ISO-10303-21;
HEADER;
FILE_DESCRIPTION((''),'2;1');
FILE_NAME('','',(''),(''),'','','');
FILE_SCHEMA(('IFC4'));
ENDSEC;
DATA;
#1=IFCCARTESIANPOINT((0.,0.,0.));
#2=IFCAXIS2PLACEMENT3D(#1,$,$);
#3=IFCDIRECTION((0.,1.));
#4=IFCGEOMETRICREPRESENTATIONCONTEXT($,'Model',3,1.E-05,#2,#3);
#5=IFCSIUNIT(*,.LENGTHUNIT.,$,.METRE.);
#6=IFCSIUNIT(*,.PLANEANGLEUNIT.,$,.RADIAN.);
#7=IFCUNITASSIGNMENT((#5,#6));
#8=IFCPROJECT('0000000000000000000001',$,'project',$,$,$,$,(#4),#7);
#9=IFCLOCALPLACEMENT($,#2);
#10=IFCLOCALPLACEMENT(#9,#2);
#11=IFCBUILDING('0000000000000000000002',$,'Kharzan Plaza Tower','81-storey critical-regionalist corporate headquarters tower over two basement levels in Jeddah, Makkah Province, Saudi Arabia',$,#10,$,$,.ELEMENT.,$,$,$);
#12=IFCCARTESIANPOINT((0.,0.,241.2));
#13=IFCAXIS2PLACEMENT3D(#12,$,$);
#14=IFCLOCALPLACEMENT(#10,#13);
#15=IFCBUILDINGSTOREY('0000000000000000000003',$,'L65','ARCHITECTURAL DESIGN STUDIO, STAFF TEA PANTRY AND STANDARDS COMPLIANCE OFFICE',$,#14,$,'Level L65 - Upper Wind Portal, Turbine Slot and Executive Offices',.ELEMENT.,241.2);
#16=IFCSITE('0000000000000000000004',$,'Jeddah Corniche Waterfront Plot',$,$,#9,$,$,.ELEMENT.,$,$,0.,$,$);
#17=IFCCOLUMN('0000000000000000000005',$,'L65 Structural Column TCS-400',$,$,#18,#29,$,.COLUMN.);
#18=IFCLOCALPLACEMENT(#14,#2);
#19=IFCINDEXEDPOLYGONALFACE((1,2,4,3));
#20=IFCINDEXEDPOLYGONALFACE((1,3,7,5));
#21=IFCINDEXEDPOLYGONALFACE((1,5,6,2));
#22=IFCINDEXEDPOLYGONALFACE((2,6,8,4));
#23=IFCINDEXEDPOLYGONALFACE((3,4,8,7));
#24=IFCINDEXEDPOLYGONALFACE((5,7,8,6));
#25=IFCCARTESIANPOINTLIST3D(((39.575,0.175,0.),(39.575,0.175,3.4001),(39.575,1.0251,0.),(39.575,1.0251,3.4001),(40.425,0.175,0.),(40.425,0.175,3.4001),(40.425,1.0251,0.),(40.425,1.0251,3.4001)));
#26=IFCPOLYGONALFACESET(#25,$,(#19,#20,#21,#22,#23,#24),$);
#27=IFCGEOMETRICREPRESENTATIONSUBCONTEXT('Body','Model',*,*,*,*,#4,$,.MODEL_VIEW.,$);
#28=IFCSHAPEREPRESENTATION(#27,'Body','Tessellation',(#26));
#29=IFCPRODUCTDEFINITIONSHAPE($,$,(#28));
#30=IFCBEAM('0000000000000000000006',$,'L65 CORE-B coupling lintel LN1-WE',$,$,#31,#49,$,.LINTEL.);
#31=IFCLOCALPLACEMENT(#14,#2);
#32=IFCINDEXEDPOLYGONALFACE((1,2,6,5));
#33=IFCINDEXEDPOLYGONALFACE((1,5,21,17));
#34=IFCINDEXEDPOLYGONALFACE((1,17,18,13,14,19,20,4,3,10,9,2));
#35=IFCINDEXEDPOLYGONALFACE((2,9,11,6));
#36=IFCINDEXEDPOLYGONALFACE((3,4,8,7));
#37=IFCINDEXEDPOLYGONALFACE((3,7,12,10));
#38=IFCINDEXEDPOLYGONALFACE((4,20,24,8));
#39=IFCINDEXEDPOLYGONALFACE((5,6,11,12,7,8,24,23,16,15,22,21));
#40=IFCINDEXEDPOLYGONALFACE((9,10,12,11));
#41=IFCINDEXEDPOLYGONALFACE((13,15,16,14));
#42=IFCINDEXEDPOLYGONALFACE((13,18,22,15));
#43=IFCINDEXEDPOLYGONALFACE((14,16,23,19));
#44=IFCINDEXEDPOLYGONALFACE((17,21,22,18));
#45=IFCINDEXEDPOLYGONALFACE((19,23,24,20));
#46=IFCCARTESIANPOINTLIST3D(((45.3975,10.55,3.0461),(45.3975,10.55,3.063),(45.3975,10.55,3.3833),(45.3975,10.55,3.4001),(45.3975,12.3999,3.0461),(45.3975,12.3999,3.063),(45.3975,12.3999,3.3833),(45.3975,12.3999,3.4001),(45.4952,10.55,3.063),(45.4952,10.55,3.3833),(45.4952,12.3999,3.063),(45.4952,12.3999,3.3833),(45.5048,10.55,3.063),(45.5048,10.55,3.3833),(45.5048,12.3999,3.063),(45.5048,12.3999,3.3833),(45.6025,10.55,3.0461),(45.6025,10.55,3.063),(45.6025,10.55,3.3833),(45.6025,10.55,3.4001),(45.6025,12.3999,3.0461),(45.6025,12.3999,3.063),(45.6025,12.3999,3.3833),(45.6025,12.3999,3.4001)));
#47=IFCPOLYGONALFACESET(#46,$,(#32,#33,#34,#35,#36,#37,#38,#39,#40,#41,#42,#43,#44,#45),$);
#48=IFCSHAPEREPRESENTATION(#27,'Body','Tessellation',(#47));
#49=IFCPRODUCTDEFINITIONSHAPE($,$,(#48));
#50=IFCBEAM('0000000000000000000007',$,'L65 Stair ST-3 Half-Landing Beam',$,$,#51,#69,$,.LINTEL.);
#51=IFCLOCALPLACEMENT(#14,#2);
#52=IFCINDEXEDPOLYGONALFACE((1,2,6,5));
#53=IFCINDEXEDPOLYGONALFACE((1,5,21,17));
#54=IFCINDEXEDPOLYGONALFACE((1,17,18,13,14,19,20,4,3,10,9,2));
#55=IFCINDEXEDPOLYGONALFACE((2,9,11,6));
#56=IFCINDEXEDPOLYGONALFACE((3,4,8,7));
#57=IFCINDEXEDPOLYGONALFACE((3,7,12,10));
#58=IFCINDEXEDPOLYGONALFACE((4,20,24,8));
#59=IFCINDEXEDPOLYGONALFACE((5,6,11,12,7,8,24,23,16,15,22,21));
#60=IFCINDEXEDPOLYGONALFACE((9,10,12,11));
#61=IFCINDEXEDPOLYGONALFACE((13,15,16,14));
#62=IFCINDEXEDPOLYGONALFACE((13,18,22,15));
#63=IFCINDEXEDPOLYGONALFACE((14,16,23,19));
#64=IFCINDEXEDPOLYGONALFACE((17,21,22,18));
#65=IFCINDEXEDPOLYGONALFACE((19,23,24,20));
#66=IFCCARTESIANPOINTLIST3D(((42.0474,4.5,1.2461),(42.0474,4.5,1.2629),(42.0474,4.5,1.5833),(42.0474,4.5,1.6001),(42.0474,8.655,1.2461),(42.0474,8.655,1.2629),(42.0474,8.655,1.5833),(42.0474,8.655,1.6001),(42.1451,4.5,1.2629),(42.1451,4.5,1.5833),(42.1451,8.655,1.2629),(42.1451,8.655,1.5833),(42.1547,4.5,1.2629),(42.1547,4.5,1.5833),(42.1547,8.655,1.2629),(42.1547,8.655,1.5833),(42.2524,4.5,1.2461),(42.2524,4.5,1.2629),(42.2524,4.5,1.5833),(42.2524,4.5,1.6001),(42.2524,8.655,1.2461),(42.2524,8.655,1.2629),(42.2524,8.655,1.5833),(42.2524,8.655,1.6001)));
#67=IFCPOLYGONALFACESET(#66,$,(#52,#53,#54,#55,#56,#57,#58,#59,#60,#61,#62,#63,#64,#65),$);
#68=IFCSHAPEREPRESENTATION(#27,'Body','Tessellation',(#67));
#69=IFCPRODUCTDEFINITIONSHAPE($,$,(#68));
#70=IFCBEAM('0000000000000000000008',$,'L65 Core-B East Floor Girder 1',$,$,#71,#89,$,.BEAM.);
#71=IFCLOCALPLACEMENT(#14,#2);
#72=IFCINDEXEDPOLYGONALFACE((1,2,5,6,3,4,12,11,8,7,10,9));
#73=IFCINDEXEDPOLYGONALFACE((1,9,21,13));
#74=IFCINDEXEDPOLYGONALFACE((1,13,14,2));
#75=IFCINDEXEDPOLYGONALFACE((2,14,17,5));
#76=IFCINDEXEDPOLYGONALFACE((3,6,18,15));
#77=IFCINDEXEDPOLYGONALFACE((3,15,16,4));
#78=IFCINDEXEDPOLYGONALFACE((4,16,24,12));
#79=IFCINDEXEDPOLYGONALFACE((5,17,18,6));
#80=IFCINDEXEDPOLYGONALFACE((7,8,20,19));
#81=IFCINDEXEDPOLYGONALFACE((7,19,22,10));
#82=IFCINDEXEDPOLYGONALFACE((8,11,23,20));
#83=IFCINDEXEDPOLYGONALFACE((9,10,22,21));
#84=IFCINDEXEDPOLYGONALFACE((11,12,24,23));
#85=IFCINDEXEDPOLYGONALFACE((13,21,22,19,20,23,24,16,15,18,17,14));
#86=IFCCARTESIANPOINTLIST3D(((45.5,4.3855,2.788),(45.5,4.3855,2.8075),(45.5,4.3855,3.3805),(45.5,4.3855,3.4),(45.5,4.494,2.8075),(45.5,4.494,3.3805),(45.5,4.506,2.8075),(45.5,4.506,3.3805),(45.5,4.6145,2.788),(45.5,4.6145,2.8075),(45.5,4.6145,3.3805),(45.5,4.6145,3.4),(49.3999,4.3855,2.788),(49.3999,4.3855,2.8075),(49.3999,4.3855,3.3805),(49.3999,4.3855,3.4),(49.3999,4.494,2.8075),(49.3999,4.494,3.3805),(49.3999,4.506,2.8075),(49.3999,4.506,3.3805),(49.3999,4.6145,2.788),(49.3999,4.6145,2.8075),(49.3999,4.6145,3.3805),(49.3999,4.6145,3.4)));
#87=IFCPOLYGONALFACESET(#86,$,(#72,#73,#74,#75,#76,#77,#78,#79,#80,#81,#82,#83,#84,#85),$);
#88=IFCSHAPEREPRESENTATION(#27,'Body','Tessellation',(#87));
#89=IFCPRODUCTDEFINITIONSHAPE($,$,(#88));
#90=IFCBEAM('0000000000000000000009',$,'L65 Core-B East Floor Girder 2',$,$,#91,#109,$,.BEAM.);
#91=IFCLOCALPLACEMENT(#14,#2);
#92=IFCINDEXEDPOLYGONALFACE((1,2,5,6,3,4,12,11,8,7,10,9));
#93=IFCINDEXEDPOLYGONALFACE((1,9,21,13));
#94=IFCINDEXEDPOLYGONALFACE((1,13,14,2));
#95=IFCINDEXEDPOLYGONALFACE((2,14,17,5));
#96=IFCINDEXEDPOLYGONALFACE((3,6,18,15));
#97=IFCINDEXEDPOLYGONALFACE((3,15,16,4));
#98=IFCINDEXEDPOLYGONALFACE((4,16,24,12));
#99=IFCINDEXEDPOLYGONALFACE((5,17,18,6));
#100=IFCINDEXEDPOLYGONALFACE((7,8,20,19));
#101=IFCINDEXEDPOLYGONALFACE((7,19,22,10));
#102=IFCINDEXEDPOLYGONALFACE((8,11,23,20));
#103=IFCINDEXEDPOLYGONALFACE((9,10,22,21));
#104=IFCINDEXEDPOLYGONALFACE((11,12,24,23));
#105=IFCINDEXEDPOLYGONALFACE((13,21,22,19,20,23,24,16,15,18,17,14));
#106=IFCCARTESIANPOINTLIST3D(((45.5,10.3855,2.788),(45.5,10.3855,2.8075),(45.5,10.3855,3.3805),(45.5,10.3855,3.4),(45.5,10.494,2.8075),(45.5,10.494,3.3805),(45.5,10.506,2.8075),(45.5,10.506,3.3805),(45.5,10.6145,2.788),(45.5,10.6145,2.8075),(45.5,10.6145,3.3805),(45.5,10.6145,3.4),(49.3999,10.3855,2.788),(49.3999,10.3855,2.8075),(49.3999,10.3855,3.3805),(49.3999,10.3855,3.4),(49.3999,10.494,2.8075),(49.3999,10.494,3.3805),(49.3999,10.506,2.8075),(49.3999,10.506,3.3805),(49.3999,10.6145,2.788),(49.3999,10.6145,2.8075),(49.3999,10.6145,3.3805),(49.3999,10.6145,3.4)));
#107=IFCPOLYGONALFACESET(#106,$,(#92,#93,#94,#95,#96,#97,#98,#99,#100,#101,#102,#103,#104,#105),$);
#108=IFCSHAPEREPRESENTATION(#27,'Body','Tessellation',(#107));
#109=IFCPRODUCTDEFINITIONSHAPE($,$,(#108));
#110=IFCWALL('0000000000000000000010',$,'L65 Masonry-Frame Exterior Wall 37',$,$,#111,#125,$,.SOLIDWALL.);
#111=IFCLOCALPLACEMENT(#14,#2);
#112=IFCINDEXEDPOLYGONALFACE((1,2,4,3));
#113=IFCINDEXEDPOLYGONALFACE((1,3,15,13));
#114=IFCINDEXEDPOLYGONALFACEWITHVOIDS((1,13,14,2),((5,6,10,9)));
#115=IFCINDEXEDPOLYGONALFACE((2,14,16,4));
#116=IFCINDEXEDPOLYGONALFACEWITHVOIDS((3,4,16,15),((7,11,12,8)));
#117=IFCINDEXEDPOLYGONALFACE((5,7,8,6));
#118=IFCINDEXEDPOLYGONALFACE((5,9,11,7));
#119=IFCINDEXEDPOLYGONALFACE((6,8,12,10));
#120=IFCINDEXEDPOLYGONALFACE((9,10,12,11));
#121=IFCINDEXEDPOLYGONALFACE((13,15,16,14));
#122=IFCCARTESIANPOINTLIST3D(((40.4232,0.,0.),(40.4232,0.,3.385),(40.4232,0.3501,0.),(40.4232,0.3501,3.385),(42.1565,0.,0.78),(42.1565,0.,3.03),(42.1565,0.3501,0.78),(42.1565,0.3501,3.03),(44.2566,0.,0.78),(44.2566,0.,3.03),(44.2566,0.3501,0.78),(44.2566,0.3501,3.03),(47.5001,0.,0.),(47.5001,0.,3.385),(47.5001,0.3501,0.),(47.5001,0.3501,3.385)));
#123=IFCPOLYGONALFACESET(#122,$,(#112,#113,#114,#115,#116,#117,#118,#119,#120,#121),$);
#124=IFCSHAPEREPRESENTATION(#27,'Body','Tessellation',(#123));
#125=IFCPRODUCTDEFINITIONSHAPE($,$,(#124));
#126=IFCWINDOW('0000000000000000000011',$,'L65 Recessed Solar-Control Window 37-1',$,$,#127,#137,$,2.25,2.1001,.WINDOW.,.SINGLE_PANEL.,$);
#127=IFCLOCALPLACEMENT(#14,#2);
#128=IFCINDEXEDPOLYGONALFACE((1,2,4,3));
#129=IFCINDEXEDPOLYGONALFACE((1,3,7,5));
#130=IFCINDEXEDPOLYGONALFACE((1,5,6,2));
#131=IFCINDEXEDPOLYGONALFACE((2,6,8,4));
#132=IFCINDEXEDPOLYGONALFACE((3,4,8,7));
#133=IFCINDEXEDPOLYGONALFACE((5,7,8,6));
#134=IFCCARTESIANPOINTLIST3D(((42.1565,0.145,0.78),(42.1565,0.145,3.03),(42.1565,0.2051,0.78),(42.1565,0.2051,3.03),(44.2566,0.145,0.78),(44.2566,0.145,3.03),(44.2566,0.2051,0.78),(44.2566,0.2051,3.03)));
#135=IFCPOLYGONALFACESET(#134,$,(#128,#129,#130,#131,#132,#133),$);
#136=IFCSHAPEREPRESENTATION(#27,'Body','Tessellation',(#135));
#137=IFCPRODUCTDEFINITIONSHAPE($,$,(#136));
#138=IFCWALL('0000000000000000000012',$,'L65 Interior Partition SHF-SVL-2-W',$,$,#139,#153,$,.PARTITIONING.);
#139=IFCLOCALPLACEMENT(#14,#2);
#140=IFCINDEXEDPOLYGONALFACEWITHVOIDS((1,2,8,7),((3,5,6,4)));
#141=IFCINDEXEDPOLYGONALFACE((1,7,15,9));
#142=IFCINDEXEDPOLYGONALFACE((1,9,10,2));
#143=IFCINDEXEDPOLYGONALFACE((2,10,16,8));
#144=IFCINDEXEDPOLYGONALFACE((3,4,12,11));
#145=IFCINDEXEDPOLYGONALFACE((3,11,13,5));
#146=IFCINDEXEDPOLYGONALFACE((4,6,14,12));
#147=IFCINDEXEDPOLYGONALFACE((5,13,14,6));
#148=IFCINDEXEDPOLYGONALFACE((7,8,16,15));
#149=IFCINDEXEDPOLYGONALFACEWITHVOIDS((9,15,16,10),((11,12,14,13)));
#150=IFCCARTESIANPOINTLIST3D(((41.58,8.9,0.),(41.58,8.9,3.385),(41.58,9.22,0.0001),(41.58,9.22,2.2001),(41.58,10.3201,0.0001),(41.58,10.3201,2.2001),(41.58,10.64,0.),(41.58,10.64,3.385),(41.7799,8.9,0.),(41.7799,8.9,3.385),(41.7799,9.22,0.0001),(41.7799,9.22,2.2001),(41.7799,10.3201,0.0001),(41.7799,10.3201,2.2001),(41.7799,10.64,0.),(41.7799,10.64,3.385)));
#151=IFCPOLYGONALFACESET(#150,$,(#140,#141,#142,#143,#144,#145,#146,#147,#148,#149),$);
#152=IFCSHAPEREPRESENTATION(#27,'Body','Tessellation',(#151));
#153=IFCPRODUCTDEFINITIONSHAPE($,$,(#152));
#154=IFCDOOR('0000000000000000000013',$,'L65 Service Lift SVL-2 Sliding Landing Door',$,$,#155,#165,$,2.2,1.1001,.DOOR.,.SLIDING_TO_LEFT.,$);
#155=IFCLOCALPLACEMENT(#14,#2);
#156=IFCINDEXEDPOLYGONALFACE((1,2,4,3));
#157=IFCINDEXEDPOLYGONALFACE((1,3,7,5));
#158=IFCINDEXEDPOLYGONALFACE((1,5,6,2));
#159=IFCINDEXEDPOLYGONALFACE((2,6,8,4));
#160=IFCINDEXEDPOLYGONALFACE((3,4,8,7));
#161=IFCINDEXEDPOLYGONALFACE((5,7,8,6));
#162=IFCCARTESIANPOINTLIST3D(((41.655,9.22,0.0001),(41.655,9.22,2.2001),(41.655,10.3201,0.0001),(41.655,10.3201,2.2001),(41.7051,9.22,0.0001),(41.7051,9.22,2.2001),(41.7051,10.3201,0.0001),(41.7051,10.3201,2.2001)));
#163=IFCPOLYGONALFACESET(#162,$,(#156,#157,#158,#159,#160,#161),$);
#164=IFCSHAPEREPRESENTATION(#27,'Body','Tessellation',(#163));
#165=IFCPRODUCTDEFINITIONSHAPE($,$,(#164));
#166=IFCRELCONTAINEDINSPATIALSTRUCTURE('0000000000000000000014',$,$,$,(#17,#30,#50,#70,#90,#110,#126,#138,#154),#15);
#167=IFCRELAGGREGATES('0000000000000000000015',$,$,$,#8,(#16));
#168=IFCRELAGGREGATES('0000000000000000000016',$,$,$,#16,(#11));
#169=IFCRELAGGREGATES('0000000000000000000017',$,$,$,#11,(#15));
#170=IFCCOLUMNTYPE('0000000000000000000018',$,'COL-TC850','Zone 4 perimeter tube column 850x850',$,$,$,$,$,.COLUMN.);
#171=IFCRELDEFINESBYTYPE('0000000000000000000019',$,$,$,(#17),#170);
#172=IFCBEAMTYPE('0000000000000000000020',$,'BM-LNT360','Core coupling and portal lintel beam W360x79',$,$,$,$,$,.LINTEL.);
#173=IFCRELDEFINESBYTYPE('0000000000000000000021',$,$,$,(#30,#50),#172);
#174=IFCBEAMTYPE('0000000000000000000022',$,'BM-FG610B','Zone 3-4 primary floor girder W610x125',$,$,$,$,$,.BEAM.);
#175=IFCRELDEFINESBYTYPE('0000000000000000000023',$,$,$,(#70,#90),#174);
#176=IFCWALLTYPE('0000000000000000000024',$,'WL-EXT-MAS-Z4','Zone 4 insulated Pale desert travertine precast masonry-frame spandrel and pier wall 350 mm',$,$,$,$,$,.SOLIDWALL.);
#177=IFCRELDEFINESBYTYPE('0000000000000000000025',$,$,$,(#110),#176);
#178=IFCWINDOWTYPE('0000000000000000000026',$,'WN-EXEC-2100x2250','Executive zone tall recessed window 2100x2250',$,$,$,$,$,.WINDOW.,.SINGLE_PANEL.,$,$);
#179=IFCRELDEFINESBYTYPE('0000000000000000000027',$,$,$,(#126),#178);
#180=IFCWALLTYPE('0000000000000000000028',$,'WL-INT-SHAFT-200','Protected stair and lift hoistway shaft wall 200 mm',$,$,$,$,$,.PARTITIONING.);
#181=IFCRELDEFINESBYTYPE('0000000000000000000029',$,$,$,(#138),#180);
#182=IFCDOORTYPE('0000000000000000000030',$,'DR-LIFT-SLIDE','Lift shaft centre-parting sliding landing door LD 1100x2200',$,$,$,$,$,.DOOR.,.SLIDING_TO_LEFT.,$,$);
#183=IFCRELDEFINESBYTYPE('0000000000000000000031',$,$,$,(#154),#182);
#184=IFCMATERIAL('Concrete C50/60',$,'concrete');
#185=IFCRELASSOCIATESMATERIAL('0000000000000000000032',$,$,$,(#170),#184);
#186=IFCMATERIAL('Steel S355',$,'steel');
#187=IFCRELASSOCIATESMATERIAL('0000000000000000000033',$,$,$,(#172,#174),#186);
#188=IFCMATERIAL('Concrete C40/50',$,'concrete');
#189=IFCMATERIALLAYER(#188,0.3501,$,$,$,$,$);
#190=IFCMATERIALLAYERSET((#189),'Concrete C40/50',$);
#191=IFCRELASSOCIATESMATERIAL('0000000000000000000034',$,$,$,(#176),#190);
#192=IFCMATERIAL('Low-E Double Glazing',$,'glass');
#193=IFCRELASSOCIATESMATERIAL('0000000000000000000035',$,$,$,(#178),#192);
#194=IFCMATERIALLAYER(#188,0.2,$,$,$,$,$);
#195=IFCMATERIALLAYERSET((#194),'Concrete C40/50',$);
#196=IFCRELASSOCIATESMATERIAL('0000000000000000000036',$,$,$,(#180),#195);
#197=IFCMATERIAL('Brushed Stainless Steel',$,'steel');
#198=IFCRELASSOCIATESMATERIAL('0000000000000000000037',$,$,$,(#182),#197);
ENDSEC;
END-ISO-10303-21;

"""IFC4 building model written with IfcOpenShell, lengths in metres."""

from ifc_helpers import new_model, si_unit, direction, frame, frame_2d, origin, origin_2d, place, context, subcontext, project, spatial, rectangle, i_section, extrude, source, transform, mapped, material, layer, layer_set, material_profile, profile_set, type_object, element, fill, save


model = new_model("IFC4")

# Units and contexts
model_context = context("Model", 3, precision=1e-05, world=origin(), true_north=direction((0.0, 1.0)))
body_context = subcontext(model_context, "Body", "Model", "MODEL_VIEW")
ifc_project = project(units=[si_unit("LENGTHUNIT", "METRE"), si_unit("PLANEANGLEUNIT", "RADIAN")], contexts=[model_context])

# Site, building, storey
site_placement = place(None, origin())
site = spatial("IfcSite", under=ifc_project, at=site_placement, Name="Jeddah Corniche Waterfront Plot", CompositionType="ELEMENT", RefElevation=0.0)
building_placement = place(site_placement, origin())
building = spatial("IfcBuilding", under=site, at=building_placement, Name="Kharzan Plaza Tower", Description="81-storey critical-regionalist corporate headquarters tower over two basement levels in Jeddah, Makkah Province, Saudi Arabia", CompositionType="ELEMENT")
storey_placement = place(building_placement, frame((0.0, 0.0, 241.2)))
storey = spatial("IfcBuildingStorey", under=building, at=storey_placement, Name="L65", Description="ARCHITECTURAL DESIGN STUDIO, STAFF TEA PANTRY AND STANDARDS COMPLIANCE OFFICE", LongName="Level L65 - Upper Wind Portal, Turbine Slot and Executive Offices", CompositionType="ELEMENT", Elevation=241.2)

# Column
ifc_material_1 = material(Name="Concrete C50/60", Category="concrete")
ifc_material_profile_1 = material_profile(ifc_material_1, rectangle(XDim=0.8501, YDim=0.8501, at=origin_2d()), Name="RC-TC850x850")
ifc_profile_set_1 = profile_set([ifc_material_profile_1], Name="Concrete C50/60")
column_type = type_object("IfcColumnType", Name="COL-TC850", Description="Zone 4 perimeter tube column 850x850", PredefinedType="COLUMN", material=ifc_profile_set_1)
shared_shape_1 = source(origin(), body_context, "Body", "SweptSolid", [
    extrude(rectangle(XDim=0.8501, YDim=0.8501, at=origin_2d()), origin(), (0.0, 0.0, 1.0), 3.4001),
])
column_placement = place(storey_placement, frame((40.0, 0.6001, 0.0), z_axis=(0.0, 0.0, 1.0), x_axis=(1.0, 0.0, 0.0)))
element("IfcColumn", 1, at=column_placement, inside=storey, type_object=column_type, Name="L65 Structural Column TCS-400", PredefinedType="COLUMN", context=body_context, shape_type="MappedRepresentation", body=[
    mapped(shared_shape_1, transform((0.0, 0.0, 0.0), x_axis=(1.0, 0.0, 0.0), y_axis=(0.0, 1.0, 0.0), z_axis=(0.0, 0.0, 1.0))),
])

# Beams
ifc_material_2 = material(Name="Steel S355", Category="steel")
ifc_material_profile_2 = material_profile(ifc_material_2, i_section(OverallWidth=0.2051, OverallDepth=0.354, WebThickness=0.0095, FlangeThickness=0.0168, at=origin_2d()), Name="W360x79")
ifc_profile_set_2 = profile_set([ifc_material_profile_2], Name="Steel S355")
beam_type_1 = type_object("IfcBeamType", Name="BM-LNT360", Description="Core coupling and portal lintel beam W360x79", PredefinedType="LINTEL", material=ifc_profile_set_2)
shared_shape_2 = source(origin(), body_context, "Body", "SweptSolid", [
    extrude(i_section(OverallWidth=0.2051, OverallDepth=0.354, WebThickness=0.0095, FlangeThickness=0.0168, at=origin_2d()), origin(), (0.0, 0.0, 1.0), 1.8499),
])
beam_1_placement = place(storey_placement, frame((45.5, 10.55, 3.2231), z_axis=(0.0, 1.0, 0.0), x_axis=(-1.0, 0.0, 0.0)))
element("IfcBeam", 2, at=beam_1_placement, inside=storey, type_object=beam_type_1, Name="L65 CORE-B coupling lintel LN1-WE", PredefinedType="LINTEL", context=body_context, shape_type="MappedRepresentation", body=[
    mapped(shared_shape_2, transform((0.0, 0.0, 0.0), x_axis=(1.0, 0.0, 0.0), y_axis=(0.0, 1.0, 0.0), z_axis=(0.0, 0.0, 1.0))),
])
shared_shape_3 = source(origin(), body_context, "Body", "SweptSolid", [
    extrude(i_section(OverallWidth=0.2051, OverallDepth=0.354, WebThickness=0.0095, FlangeThickness=0.0168, at=origin_2d()), origin(), (0.0, 0.0, 1.0), 4.155),
])
beam_2_placement = place(storey_placement, frame((42.1499, 4.5, 1.4231), z_axis=(0.0, 1.0, 0.0), x_axis=(-1.0, 0.0, 0.0)))
element("IfcBeam", 3, at=beam_2_placement, inside=storey, type_object=beam_type_1, Name="L65 Stair ST-3 Half-Landing Beam", PredefinedType="LINTEL", context=body_context, shape_type="MappedRepresentation", body=[
    mapped(shared_shape_3, transform((0.0, 0.0, 0.0), x_axis=(1.0, 0.0, 0.0), y_axis=(0.0, 1.0, 0.0), z_axis=(0.0, 0.0, 1.0))),
])
ifc_material_profile_3 = material_profile(ifc_material_2, i_section(OverallWidth=0.229, OverallDepth=0.6121, WebThickness=0.012, FlangeThickness=0.0195, at=origin_2d()), Name="W610x125")
ifc_profile_set_3 = profile_set([ifc_material_profile_3], Name="Steel S355")
beam_type_2 = type_object("IfcBeamType", Name="BM-FG610B", Description="Zone 3-4 primary floor girder W610x125", PredefinedType="BEAM", material=ifc_profile_set_3)
shared_shape_4 = source(origin(), body_context, "Body", "SweptSolid", [
    extrude(i_section(OverallWidth=0.229, OverallDepth=0.6121, WebThickness=0.012, FlangeThickness=0.0195, at=origin_2d()), origin(), (0.0, 0.0, 1.0), 3.8999),
])
for number, where, z_axis, x_axis, name in (
    (4, (45.5, 4.5, 3.094), (1.0, 0.0, 0.0), (0.0, 1.0, 0.0), "L65 Core-B East Floor Girder 1"),
    (5, (45.5, 10.5, 3.094), (1.0, 0.0, 0.0), (0.0, 1.0, 0.0), "L65 Core-B East Floor Girder 2"),
):
    element("IfcBeam", number, at=place(storey_placement, frame(where, z_axis=z_axis, x_axis=x_axis)), inside=storey, type_object=beam_type_2, Name=name, PredefinedType="BEAM", context=body_context, shape_type="MappedRepresentation", body=[
        mapped(shared_shape_4, transform((0.0, 0.0, 0.0), x_axis=(1.0, 0.0, 0.0), y_axis=(0.0, 1.0, 0.0), z_axis=(0.0, 0.0, 1.0))),
    ])

# Wall, opening, window
ifc_material_3 = material(Name="Concrete C40/50", Category="concrete")
ifc_layer_1 = layer(ifc_material_3, 0.3501)
ifc_layer_set_1 = layer_set([ifc_layer_1], Name="Concrete C40/50")
wall_type_1 = type_object("IfcWallType", Name="WL-EXT-MAS-Z4", Description="Zone 4 insulated Pale desert travertine precast masonry-frame spandrel and pier wall 350 mm", PredefinedType="SOLIDWALL", material=ifc_layer_set_1)
wall_1_placement = place(storey_placement, frame((40.4231, 0.175, 0.0), z_axis=(0.0, 0.0, 1.0), x_axis=(1.0, 0.0, 0.0)))
wall_1 = element("IfcWall", 6, at=wall_1_placement, inside=storey, type_object=wall_type_1, Name="L65 Masonry-Frame Exterior Wall 37", PredefinedType="SOLIDWALL", context=body_context, shape_type="SweptSolid", body=[
    extrude(rectangle(XDim=7.0769, YDim=0.3501, at=frame_2d((3.5386, 0.0))), origin(), (0.0, 0.0, 1.0), 3.385),
])
opening_1_placement = place(wall_1_placement, frame((1.7334, 0.0, 0.78)))
opening_1 = element("IfcOpeningElement", 7, at=opening_1_placement, cuts=wall_1, PredefinedType="OPENING", context=body_context, shape_type="SweptSolid", body=[
    extrude(rectangle(XDim=2.1001, YDim=2.25, at=frame_2d((1.05, 1.125))), frame((0.0, 0.1851, 0.0), z_axis=(0.0, -1.0, 0.0), x_axis=(1.0, 0.0, 0.0)), (0.0, 0.0, 1.0), 0.3701),
])
ifc_material_4 = material(Name="Low-E Double Glazing", Category="glass")
window_type = type_object("IfcWindowType", Name="WN-EXEC-2100x2250", Description="Executive zone tall recessed window 2100x2250", PartitioningType="SINGLE_PANEL", PredefinedType="WINDOW", material=ifc_material_4)
shared_shape_5 = source(origin(), body_context, "Body", "SweptSolid", [
    extrude(rectangle(XDim=2.1001, YDim=2.25, at=frame_2d((1.05, 1.125))), frame((0.0, 0.03, 0.0), z_axis=(0.0, -1.0, 0.0), x_axis=(1.0, 0.0, 0.0)), (0.0, 0.0, 1.0), 0.0601),
])
window_placement = place(opening_1_placement, origin())
window = element("IfcWindow", 8, at=window_placement, inside=storey, type_object=window_type, Name="L65 Recessed Solar-Control Window 37-1", OverallHeight=2.25, OverallWidth=2.1001, PartitioningType="SINGLE_PANEL", PredefinedType="WINDOW", context=body_context, shape_type="MappedRepresentation", body=[
    mapped(shared_shape_5, transform((0.0, 0.0, 0.0), x_axis=(1.0, 0.0, 0.0), y_axis=(0.0, 1.0, 0.0), z_axis=(0.0, 0.0, 1.0))),
])
fill(opening_1, window)

# Wall, opening, door
ifc_layer_2 = layer(ifc_material_3, 0.2)
ifc_layer_set_2 = layer_set([ifc_layer_2], Name="Concrete C40/50")
wall_type_2 = type_object("IfcWallType", Name="WL-INT-SHAFT-200", Description="Protected stair and lift hoistway shaft wall 200 mm", PredefinedType="PARTITIONING", material=ifc_layer_set_2)
wall_2_placement = place(storey_placement, frame((41.6799, 8.8999, 0.0), z_axis=(0.0, 0.0, 1.0), x_axis=(0.0, 1.0, 0.0)))
wall_2 = element("IfcWall", 9, at=wall_2_placement, inside=storey, type_object=wall_type_2, Name="L65 Interior Partition SHF-SVL-2-W", PredefinedType="PARTITIONING", context=body_context, shape_type="SweptSolid", body=[
    extrude(rectangle(XDim=1.74, YDim=0.2, at=frame_2d((0.8701, 0.0))), origin(), (0.0, 0.0, 1.0), 3.385),
])
opening_2_placement = place(wall_2_placement, frame((0.3201, 0.0, 0.0)))
opening_2 = element("IfcOpeningElement", 10, at=opening_2_placement, cuts=wall_2, PredefinedType="OPENING", context=body_context, shape_type="SweptSolid", body=[
    extrude(rectangle(XDim=1.1001, YDim=2.2, at=frame_2d((0.55, 1.1001))), frame((0.0, 0.1099, 0.0), z_axis=(0.0, -1.0, 0.0), x_axis=(1.0, 0.0, 0.0)), (0.0, 0.0, 1.0), 0.22),
])
ifc_material_5 = material(Name="Brushed Stainless Steel", Category="steel")
door_type_1 = type_object("IfcDoorType", Name="DR-LIFT-SLIDE", Description="Lift shaft centre-parting sliding landing door LD 1100x2200", OperationType="SLIDING_TO_LEFT", PredefinedType="DOOR", material=ifc_material_5)
shared_shape_6 = source(origin(), body_context, "Body", "SweptSolid", [
    extrude(rectangle(XDim=1.1001, YDim=2.2, at=frame_2d((0.55, 1.1001))), frame((0.0, 0.0249, 0.0), z_axis=(0.0, -1.0, 0.0), x_axis=(1.0, 0.0, 0.0)), (0.0, 0.0, 1.0), 0.05),
])
door_1_placement = place(opening_2_placement, origin())
door_1 = element("IfcDoor", 11, at=door_1_placement, inside=storey, type_object=door_type_1, Name="L65 Service Lift SVL-2 Sliding Landing Door", OperationType="SLIDING_TO_LEFT", OverallHeight=2.2, OverallWidth=1.1001, PredefinedType="DOOR", context=body_context, shape_type="MappedRepresentation", body=[
    mapped(shared_shape_6, transform((0.0, 0.0, 0.0), x_axis=(1.0, 0.0, 0.0), y_axis=(0.0, 1.0, 0.0), z_axis=(0.0, 0.0, 1.0))),
])
fill(opening_2, door_1)

save(model, "model.ifc")
